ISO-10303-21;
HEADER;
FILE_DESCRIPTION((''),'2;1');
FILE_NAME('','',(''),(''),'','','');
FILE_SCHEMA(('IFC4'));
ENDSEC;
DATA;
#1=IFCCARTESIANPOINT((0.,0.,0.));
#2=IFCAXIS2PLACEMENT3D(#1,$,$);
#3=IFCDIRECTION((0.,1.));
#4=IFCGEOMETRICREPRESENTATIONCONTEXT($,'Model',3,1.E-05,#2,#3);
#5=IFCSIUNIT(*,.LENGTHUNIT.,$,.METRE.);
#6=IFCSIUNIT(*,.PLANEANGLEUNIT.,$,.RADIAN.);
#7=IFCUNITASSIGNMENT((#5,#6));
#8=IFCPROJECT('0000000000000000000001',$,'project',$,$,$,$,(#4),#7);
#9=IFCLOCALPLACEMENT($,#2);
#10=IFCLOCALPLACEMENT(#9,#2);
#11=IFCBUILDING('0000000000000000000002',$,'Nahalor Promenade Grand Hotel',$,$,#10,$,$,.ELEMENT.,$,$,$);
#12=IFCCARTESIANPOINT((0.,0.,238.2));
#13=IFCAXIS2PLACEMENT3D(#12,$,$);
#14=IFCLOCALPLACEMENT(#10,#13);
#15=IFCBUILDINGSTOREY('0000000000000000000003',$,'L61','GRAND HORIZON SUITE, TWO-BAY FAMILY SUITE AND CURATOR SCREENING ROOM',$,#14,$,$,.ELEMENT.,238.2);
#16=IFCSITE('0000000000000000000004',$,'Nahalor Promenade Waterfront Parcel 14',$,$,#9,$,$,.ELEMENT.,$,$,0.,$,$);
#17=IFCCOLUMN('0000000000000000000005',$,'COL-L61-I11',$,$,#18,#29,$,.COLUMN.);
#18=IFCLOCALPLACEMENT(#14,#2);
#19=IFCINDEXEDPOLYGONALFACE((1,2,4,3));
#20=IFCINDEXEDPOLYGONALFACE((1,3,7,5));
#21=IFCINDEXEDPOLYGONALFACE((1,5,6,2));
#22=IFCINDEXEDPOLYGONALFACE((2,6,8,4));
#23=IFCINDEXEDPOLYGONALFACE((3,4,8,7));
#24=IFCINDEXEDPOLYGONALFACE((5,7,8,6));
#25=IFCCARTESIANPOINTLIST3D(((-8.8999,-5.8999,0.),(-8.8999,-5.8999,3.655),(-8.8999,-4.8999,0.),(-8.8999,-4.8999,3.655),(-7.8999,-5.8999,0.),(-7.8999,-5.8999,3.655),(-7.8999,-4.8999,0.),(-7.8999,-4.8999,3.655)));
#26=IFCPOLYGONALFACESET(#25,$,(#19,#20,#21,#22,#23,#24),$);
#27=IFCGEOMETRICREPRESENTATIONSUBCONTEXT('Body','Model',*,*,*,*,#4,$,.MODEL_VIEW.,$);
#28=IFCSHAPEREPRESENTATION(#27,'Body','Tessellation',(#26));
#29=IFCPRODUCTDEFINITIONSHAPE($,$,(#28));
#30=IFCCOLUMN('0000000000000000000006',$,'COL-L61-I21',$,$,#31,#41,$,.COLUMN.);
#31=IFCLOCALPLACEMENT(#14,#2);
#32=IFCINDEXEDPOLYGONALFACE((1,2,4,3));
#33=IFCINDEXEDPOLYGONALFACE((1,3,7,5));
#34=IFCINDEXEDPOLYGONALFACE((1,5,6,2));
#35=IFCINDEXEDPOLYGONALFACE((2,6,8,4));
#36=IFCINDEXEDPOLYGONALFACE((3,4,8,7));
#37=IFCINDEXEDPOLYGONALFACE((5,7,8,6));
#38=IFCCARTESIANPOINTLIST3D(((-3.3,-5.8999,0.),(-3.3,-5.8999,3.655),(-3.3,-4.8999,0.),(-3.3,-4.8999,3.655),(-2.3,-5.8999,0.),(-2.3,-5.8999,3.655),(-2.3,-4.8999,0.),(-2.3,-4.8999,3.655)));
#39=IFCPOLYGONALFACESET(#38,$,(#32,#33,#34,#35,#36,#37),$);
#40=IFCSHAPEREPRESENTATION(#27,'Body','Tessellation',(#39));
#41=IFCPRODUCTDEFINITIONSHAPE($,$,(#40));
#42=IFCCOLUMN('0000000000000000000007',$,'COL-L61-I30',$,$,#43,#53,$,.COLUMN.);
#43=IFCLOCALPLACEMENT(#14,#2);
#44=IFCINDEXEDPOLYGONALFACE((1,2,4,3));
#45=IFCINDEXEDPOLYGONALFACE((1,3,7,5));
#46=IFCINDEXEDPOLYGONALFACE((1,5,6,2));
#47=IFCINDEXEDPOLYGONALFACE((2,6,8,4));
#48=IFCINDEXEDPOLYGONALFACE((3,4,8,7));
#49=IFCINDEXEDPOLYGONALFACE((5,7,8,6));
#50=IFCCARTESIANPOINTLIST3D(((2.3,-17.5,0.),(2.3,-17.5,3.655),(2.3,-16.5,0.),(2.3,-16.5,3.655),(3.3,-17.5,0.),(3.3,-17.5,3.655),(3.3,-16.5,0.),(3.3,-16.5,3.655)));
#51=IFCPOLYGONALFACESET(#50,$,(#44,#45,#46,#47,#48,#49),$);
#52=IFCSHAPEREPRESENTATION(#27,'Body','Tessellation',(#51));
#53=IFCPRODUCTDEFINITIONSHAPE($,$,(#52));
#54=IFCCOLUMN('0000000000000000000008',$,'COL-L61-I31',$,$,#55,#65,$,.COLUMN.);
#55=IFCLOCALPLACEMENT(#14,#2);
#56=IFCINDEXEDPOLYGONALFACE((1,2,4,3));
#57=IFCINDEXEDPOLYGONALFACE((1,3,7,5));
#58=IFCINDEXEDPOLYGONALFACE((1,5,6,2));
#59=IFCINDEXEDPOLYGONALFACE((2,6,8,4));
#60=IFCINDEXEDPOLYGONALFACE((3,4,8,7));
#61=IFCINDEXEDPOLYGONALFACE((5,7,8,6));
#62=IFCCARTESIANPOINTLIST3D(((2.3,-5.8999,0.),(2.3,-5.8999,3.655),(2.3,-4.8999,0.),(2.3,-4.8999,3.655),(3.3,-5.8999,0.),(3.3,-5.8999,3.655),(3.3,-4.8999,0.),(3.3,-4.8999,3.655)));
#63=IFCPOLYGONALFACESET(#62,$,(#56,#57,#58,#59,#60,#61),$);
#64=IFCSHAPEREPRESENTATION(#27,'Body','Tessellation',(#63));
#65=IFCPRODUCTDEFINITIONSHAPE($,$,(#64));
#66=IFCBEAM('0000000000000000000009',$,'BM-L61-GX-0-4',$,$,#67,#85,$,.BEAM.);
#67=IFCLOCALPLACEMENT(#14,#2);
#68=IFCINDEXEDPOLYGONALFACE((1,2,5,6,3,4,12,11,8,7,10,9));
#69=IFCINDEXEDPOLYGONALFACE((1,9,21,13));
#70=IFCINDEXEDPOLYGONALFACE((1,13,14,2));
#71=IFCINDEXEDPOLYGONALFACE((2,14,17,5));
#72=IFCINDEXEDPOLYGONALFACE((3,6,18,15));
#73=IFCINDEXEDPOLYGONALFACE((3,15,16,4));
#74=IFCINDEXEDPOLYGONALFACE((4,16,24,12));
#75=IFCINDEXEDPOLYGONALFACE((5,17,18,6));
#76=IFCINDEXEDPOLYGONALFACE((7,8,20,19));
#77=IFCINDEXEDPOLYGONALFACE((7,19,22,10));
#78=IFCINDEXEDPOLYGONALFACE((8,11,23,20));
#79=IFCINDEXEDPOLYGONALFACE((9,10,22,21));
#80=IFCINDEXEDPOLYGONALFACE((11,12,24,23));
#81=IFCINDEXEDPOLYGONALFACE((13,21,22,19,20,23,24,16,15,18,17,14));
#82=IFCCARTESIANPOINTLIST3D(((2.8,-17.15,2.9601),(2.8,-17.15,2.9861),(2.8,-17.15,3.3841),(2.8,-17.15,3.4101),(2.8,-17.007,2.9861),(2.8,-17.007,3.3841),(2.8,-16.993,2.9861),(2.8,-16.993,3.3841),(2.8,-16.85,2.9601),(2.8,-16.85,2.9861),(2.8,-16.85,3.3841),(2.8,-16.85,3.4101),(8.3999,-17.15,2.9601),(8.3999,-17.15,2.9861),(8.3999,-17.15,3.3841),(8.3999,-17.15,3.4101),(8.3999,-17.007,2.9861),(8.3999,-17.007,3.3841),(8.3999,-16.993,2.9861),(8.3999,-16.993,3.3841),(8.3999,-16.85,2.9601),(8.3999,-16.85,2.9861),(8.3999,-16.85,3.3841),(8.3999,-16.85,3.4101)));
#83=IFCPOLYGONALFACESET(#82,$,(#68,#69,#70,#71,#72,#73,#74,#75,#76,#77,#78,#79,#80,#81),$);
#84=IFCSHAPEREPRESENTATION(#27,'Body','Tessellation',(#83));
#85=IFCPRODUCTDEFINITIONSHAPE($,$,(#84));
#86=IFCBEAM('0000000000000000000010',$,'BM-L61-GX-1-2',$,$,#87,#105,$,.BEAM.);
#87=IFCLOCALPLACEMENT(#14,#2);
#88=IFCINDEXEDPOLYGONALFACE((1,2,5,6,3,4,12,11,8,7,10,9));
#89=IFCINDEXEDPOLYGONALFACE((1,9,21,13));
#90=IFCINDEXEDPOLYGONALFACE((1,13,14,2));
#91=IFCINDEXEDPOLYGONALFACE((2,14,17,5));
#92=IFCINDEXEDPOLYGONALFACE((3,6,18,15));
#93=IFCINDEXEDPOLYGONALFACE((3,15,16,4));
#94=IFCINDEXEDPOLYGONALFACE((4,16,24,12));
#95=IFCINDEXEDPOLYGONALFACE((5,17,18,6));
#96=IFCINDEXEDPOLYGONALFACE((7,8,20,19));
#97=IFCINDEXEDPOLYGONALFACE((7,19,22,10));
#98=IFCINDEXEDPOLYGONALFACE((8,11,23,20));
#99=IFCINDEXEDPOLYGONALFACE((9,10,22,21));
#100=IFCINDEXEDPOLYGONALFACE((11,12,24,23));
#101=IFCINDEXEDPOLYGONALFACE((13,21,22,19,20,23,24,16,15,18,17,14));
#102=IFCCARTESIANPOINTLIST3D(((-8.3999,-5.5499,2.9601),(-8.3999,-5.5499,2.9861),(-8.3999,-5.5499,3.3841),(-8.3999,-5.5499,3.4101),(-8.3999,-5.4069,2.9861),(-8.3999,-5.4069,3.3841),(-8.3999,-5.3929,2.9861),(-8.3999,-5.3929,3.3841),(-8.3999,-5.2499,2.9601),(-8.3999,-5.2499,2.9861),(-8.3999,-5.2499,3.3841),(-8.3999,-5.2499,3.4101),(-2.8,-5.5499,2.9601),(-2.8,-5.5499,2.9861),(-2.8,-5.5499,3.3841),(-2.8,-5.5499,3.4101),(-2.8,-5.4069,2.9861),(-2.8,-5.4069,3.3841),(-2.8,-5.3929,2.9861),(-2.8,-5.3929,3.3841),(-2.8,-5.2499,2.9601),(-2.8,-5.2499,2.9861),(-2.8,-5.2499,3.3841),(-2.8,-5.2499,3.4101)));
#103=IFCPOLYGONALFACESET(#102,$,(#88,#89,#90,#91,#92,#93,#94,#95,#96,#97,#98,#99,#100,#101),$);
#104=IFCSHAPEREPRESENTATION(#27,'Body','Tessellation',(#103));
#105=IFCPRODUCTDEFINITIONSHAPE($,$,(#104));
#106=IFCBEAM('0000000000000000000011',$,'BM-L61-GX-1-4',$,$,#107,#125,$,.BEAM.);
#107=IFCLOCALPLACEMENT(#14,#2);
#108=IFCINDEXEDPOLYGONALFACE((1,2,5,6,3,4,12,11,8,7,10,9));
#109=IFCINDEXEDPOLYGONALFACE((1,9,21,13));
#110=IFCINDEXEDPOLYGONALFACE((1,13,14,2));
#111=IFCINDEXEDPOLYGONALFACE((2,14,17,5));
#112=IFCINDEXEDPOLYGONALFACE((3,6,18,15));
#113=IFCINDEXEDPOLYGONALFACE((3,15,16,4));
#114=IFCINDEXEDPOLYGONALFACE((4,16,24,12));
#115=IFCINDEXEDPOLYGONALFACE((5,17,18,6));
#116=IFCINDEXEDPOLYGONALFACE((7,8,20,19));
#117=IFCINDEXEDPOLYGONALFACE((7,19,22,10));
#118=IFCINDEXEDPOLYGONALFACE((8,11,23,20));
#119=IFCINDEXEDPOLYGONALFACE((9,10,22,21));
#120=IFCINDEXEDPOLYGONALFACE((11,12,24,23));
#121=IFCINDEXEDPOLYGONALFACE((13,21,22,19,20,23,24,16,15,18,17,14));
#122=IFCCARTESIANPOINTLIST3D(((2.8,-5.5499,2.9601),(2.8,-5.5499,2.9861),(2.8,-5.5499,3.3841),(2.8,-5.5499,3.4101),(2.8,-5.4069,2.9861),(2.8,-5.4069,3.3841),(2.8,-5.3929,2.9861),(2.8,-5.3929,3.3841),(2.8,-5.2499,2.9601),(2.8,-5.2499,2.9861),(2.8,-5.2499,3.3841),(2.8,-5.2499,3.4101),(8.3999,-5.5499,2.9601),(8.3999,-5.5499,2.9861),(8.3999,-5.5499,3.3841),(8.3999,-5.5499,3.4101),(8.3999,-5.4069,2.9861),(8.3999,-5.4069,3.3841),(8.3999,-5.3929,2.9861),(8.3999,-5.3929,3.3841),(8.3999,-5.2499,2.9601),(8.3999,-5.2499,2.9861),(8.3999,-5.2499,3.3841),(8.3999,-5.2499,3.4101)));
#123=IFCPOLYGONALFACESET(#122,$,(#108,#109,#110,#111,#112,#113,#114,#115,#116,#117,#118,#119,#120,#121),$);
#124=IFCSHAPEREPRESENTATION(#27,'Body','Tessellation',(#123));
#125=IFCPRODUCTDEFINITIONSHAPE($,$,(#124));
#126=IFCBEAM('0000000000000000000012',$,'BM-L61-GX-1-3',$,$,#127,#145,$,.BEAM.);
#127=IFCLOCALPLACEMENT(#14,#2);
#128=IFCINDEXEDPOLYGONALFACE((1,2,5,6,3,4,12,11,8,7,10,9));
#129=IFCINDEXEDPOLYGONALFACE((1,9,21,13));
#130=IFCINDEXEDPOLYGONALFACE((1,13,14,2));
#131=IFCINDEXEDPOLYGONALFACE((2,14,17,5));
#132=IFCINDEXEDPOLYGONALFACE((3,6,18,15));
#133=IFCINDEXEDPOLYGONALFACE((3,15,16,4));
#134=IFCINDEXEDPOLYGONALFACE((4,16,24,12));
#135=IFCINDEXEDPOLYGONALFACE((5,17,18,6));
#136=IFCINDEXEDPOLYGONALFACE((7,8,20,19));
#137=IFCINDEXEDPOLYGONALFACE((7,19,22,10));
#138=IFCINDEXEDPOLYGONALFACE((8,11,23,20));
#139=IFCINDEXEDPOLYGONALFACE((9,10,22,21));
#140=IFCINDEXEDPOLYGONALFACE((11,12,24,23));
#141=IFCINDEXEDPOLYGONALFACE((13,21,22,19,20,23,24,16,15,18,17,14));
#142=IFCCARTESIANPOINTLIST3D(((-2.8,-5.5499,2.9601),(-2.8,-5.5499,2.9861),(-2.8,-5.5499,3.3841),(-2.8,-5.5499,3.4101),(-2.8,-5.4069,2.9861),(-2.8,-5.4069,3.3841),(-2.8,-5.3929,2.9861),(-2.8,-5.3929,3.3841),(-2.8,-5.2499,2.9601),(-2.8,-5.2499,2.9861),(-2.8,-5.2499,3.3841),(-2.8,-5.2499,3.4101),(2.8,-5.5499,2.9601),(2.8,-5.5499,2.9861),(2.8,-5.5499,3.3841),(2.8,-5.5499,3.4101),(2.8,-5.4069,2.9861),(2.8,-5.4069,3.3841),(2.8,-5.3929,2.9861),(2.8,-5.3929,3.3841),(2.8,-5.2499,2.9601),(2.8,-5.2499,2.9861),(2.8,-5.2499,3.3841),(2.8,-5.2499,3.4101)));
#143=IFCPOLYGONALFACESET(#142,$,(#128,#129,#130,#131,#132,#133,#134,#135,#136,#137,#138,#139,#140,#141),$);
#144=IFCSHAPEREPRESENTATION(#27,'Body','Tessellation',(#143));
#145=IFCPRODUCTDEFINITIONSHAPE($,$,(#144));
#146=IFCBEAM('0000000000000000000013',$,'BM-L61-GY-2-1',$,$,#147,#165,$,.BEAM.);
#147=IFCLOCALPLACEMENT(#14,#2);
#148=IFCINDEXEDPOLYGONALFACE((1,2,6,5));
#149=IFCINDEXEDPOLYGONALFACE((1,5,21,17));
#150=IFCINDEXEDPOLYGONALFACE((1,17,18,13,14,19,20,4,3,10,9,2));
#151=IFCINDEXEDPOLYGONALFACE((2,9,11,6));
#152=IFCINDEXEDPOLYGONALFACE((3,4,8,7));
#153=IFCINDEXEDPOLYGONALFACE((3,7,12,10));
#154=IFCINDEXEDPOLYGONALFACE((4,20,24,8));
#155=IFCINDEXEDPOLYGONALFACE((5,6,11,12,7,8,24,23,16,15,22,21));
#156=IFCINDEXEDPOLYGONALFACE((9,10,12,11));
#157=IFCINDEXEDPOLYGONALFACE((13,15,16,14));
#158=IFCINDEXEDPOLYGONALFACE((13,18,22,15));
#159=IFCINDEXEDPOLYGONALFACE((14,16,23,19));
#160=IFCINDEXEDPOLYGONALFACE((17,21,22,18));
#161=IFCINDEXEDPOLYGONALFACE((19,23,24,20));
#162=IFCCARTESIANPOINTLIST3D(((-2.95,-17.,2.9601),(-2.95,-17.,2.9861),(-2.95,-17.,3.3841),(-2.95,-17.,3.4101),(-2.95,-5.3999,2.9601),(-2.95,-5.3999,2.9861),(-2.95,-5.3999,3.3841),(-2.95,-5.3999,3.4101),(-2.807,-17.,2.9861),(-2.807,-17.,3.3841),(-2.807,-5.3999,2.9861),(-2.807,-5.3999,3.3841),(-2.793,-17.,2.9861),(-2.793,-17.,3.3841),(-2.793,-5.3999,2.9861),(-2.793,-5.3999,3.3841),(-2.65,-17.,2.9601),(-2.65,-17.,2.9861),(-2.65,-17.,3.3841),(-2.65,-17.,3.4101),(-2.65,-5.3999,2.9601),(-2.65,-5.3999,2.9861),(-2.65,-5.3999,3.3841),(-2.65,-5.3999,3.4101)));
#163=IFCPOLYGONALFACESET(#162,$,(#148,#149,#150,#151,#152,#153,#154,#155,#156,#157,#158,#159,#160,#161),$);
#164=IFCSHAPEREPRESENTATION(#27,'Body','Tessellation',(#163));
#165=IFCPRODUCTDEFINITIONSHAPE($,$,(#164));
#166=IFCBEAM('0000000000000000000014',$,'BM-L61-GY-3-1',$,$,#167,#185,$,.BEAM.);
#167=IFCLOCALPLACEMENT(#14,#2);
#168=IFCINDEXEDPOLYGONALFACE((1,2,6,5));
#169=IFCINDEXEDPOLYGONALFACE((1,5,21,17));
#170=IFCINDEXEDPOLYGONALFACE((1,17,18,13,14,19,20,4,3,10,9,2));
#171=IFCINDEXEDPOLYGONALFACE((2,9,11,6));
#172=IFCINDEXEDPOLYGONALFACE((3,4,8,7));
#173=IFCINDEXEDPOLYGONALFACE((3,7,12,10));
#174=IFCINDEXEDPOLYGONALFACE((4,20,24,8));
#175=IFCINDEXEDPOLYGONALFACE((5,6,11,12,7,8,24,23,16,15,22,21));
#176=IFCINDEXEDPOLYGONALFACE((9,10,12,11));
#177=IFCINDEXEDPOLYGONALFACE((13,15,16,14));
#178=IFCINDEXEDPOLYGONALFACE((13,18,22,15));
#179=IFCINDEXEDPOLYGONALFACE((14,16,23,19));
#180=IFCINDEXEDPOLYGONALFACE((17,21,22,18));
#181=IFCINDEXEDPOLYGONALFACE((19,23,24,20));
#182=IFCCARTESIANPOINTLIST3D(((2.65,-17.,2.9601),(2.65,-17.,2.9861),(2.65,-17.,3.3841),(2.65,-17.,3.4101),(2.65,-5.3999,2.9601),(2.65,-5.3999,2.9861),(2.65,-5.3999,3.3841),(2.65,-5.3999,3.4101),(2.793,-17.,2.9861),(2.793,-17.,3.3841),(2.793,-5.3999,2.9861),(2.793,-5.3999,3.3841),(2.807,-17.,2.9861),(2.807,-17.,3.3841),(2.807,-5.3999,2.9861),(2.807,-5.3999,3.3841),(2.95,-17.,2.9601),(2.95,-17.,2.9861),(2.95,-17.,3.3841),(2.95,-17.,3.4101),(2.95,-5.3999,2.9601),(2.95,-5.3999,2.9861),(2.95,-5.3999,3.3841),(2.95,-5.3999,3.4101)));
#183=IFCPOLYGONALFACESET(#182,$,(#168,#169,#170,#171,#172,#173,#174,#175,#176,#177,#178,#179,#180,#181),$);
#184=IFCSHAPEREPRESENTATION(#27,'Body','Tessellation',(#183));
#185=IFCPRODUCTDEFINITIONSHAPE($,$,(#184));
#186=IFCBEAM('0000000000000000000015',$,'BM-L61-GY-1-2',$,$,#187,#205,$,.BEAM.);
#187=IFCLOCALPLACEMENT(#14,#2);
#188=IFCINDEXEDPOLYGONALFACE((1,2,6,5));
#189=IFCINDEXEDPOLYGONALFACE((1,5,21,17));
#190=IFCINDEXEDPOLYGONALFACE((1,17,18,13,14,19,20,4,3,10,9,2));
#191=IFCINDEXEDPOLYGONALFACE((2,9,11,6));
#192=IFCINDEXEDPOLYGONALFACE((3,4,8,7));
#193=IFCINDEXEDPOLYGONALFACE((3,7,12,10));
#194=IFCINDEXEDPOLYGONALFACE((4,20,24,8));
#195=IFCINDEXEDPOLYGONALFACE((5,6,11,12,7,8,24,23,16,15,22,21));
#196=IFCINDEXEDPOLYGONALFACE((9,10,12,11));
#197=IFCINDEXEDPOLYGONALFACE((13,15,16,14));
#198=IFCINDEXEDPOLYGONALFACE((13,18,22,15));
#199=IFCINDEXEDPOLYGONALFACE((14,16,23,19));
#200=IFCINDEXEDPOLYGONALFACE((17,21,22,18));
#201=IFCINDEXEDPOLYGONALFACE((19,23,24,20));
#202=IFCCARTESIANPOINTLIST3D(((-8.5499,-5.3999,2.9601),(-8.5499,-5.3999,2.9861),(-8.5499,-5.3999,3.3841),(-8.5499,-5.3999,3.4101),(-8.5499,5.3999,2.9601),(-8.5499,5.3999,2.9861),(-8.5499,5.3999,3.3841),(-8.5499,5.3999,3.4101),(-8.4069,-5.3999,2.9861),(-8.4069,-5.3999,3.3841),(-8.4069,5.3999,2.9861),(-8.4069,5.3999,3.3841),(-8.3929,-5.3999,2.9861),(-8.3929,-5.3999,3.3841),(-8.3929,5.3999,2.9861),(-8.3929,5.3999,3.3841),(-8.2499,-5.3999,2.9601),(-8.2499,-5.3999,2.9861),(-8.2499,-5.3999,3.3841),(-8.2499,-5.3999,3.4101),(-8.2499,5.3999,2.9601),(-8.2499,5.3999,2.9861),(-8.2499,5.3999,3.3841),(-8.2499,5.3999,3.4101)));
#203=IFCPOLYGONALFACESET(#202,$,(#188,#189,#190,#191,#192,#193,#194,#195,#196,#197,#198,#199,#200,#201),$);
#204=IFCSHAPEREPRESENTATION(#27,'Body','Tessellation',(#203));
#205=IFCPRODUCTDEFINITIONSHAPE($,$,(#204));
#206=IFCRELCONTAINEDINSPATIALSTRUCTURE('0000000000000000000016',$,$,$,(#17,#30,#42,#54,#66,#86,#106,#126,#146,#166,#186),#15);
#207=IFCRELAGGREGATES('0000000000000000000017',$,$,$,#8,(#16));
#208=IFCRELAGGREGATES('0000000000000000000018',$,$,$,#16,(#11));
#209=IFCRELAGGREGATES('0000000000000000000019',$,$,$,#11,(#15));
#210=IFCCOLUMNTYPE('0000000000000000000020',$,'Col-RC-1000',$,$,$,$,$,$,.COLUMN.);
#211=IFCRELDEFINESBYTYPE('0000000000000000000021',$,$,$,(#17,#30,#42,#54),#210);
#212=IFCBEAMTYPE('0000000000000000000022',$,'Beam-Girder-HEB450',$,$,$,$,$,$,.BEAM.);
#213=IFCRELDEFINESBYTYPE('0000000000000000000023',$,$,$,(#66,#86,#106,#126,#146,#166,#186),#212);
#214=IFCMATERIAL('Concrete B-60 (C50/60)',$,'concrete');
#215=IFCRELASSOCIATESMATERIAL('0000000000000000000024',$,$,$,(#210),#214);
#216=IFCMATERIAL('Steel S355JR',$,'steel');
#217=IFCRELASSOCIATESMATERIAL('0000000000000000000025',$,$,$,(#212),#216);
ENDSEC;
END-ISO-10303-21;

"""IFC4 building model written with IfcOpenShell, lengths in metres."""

from ifc_helpers import new_model, si_unit, direction, frame, origin, origin_2d, place, context, subcontext, project, spatial, rectangle, i_section, extrude, source, transform, mapped, material, material_profile, profile_set, type_object, element, save


model = new_model("IFC4")

# Units and contexts
model_context = context("Model", 3, precision=1e-05, world=origin(), true_north=direction((0.0, 1.0)))
body_context = subcontext(model_context, "Body", "Model", "MODEL_VIEW")
ifc_project = project(units=[si_unit("LENGTHUNIT", "METRE"), si_unit("PLANEANGLEUNIT", "RADIAN")], contexts=[model_context])

# Site, building, storey
site_placement = place(None, origin())
site = spatial("IfcSite", under=ifc_project, at=site_placement, Name="Nahalor Promenade Waterfront Parcel 14", CompositionType="ELEMENT", RefElevation=0.0)
building_placement = place(site_placement, origin())
building = spatial("IfcBuilding", under=site, at=building_placement, Name="Nahalor Promenade Grand Hotel", CompositionType="ELEMENT")
storey_placement = place(building_placement, frame((0.0, 0.0, 238.2)))
storey = spatial("IfcBuildingStorey", under=building, at=storey_placement, Name="L61", Description="GRAND HORIZON SUITE, TWO-BAY FAMILY SUITE AND CURATOR SCREENING ROOM", CompositionType="ELEMENT", Elevation=238.2)

# Columns
ifc_material_1 = material(Name="Concrete B-60 (C50/60)", Category="concrete")
ifc_material_profile_1 = material_profile(ifc_material_1, rectangle(XDim=1.0, YDim=1.0, at=origin_2d()), Name="RC 1000x1000")
ifc_profile_set_1 = profile_set([ifc_material_profile_1], Name="Concrete B-60 (C50/60)")
column_type = type_object("IfcColumnType", Name="Col-RC-1000", PredefinedType="COLUMN", material=ifc_profile_set_1)
shared_shape_1 = source(origin(), body_context, "Body", "SweptSolid", [
    extrude(rectangle(XDim=1.0, YDim=1.0, at=origin_2d()), origin(), (0.0, 0.0, 1.0), 3.655),
])
for number, where, z_axis, x_axis, name in (
    (1, (-8.3999, -5.3999, 0.0), (0.0, 0.0, 1.0), (1.0, 0.0, 0.0), "COL-L61-I11"),
    (2, (-2.8, -5.3999, 0.0), (0.0, 0.0, 1.0), (1.0, 0.0, 0.0), "COL-L61-I21"),
    (3, (2.8, -17.0, 0.0), (0.0, 0.0, 1.0), (1.0, 0.0, 0.0), "COL-L61-I30"),
    (4, (2.8, -5.3999, 0.0), (0.0, 0.0, 1.0), (1.0, 0.0, 0.0), "COL-L61-I31"),
):
    element("IfcColumn", number, at=place(storey_placement, frame(where, z_axis=z_axis, x_axis=x_axis)), inside=storey, type_object=column_type, Name=name, PredefinedType="COLUMN", context=body_context, shape_type="MappedRepresentation", body=[
        mapped(shared_shape_1, transform((0.0, 0.0, 0.0), scale=1.0)),
    ])

# Beams
ifc_material_2 = material(Name="Steel S355JR", Category="steel")
ifc_material_profile_2 = material_profile(ifc_material_2, i_section(OverallWidth=0.3, OverallDepth=0.45, WebThickness=0.014, FlangeThickness=0.026, at=origin_2d()), Name="HEB 450")
ifc_profile_set_2 = profile_set([ifc_material_profile_2], Name="Steel S355JR")
beam_type = type_object("IfcBeamType", Name="Beam-Girder-HEB450", PredefinedType="BEAM", material=ifc_profile_set_2)
shared_shape_2 = source(origin(), body_context, "Body", "SweptSolid", [
    extrude(i_section(OverallWidth=0.3, OverallDepth=0.45, WebThickness=0.014, FlangeThickness=0.026, at=origin_2d()), origin(), (0.0, 0.0, 1.0), 5.5999),
])
for number, where, z_axis, x_axis, name in (
    (5, (2.8, -17.0, 3.1851), (1.0, 0.0, 0.0), (0.0, 1.0, 0.0), "BM-L61-GX-0-4"),
    (6, (-8.3999, -5.3999, 3.1851), (1.0, 0.0, 0.0), (0.0, 1.0, 0.0), "BM-L61-GX-1-2"),
    (7, (2.8, -5.3999, 3.1851), (1.0, 0.0, 0.0), (0.0, 1.0, 0.0), "BM-L61-GX-1-4"),
):
    element("IfcBeam", number, at=place(storey_placement, frame(where, z_axis=z_axis, x_axis=x_axis)), inside=storey, type_object=beam_type, Name=name, PredefinedType="BEAM", context=body_context, shape_type="MappedRepresentation", body=[
        mapped(shared_shape_2, transform((0.0, 0.0, 0.0), scale=1.0)),
    ])
shared_shape_3 = source(origin(), body_context, "Body", "SweptSolid", [
    extrude(i_section(OverallWidth=0.3, OverallDepth=0.45, WebThickness=0.014, FlangeThickness=0.026, at=origin_2d()), origin(), (0.0, 0.0, 1.0), 5.6001),
])
beam_placement = place(storey_placement, frame((-2.8, -5.3999, 3.1851), z_axis=(1.0, 0.0, 0.0), x_axis=(0.0, 1.0, 0.0)))
element("IfcBeam", 8, at=beam_placement, inside=storey, type_object=beam_type, Name="BM-L61-GX-1-3", PredefinedType="BEAM", context=body_context, shape_type="MappedRepresentation", body=[
    mapped(shared_shape_3, transform((0.0, 0.0, 0.0), scale=1.0)),
])
shared_shape_4 = source(origin(), body_context, "Body", "SweptSolid", [
    extrude(i_section(OverallWidth=0.3, OverallDepth=0.45, WebThickness=0.014, FlangeThickness=0.026, at=origin_2d()), origin(), (0.0, 0.0, 1.0), 11.6001),
])
for number, where, z_axis, x_axis, name in (
    (9, (-2.8, -17.0, 3.1851), (0.0, 1.0, 0.0), (-1.0, 0.0, 0.0), "BM-L61-GY-2-1"),
    (10, (2.8, -17.0, 3.1851), (0.0, 1.0, 0.0), (-1.0, 0.0, 0.0), "BM-L61-GY-3-1"),
):
    element("IfcBeam", number, at=place(storey_placement, frame(where, z_axis=z_axis, x_axis=x_axis)), inside=storey, type_object=beam_type, Name=name, PredefinedType="BEAM", context=body_context, shape_type="MappedRepresentation", body=[
        mapped(shared_shape_4, transform((0.0, 0.0, 0.0), scale=1.0)),
    ])
shared_shape_5 = source(origin(), body_context, "Body", "SweptSolid", [
    extrude(i_section(OverallWidth=0.3, OverallDepth=0.45, WebThickness=0.014, FlangeThickness=0.026, at=origin_2d()), origin(), (0.0, 0.0, 1.0), 10.7998),
])
for number, where, z_axis, x_axis, name in (
    (11, (-8.3999, -5.3999, 3.1851), (0.0, 1.0, 0.0), (-1.0, 0.0, 0.0), "BM-L61-GY-1-2"),
):
    element("IfcBeam", number, at=place(storey_placement, frame(where, z_axis=z_axis, x_axis=x_axis)), inside=storey, type_object=beam_type, Name=name, PredefinedType="BEAM", context=body_context, shape_type="MappedRepresentation", body=[
        mapped(shared_shape_5, transform((0.0, 0.0, 0.0), scale=1.0)),
    ])

save(model, "model.ifc")
